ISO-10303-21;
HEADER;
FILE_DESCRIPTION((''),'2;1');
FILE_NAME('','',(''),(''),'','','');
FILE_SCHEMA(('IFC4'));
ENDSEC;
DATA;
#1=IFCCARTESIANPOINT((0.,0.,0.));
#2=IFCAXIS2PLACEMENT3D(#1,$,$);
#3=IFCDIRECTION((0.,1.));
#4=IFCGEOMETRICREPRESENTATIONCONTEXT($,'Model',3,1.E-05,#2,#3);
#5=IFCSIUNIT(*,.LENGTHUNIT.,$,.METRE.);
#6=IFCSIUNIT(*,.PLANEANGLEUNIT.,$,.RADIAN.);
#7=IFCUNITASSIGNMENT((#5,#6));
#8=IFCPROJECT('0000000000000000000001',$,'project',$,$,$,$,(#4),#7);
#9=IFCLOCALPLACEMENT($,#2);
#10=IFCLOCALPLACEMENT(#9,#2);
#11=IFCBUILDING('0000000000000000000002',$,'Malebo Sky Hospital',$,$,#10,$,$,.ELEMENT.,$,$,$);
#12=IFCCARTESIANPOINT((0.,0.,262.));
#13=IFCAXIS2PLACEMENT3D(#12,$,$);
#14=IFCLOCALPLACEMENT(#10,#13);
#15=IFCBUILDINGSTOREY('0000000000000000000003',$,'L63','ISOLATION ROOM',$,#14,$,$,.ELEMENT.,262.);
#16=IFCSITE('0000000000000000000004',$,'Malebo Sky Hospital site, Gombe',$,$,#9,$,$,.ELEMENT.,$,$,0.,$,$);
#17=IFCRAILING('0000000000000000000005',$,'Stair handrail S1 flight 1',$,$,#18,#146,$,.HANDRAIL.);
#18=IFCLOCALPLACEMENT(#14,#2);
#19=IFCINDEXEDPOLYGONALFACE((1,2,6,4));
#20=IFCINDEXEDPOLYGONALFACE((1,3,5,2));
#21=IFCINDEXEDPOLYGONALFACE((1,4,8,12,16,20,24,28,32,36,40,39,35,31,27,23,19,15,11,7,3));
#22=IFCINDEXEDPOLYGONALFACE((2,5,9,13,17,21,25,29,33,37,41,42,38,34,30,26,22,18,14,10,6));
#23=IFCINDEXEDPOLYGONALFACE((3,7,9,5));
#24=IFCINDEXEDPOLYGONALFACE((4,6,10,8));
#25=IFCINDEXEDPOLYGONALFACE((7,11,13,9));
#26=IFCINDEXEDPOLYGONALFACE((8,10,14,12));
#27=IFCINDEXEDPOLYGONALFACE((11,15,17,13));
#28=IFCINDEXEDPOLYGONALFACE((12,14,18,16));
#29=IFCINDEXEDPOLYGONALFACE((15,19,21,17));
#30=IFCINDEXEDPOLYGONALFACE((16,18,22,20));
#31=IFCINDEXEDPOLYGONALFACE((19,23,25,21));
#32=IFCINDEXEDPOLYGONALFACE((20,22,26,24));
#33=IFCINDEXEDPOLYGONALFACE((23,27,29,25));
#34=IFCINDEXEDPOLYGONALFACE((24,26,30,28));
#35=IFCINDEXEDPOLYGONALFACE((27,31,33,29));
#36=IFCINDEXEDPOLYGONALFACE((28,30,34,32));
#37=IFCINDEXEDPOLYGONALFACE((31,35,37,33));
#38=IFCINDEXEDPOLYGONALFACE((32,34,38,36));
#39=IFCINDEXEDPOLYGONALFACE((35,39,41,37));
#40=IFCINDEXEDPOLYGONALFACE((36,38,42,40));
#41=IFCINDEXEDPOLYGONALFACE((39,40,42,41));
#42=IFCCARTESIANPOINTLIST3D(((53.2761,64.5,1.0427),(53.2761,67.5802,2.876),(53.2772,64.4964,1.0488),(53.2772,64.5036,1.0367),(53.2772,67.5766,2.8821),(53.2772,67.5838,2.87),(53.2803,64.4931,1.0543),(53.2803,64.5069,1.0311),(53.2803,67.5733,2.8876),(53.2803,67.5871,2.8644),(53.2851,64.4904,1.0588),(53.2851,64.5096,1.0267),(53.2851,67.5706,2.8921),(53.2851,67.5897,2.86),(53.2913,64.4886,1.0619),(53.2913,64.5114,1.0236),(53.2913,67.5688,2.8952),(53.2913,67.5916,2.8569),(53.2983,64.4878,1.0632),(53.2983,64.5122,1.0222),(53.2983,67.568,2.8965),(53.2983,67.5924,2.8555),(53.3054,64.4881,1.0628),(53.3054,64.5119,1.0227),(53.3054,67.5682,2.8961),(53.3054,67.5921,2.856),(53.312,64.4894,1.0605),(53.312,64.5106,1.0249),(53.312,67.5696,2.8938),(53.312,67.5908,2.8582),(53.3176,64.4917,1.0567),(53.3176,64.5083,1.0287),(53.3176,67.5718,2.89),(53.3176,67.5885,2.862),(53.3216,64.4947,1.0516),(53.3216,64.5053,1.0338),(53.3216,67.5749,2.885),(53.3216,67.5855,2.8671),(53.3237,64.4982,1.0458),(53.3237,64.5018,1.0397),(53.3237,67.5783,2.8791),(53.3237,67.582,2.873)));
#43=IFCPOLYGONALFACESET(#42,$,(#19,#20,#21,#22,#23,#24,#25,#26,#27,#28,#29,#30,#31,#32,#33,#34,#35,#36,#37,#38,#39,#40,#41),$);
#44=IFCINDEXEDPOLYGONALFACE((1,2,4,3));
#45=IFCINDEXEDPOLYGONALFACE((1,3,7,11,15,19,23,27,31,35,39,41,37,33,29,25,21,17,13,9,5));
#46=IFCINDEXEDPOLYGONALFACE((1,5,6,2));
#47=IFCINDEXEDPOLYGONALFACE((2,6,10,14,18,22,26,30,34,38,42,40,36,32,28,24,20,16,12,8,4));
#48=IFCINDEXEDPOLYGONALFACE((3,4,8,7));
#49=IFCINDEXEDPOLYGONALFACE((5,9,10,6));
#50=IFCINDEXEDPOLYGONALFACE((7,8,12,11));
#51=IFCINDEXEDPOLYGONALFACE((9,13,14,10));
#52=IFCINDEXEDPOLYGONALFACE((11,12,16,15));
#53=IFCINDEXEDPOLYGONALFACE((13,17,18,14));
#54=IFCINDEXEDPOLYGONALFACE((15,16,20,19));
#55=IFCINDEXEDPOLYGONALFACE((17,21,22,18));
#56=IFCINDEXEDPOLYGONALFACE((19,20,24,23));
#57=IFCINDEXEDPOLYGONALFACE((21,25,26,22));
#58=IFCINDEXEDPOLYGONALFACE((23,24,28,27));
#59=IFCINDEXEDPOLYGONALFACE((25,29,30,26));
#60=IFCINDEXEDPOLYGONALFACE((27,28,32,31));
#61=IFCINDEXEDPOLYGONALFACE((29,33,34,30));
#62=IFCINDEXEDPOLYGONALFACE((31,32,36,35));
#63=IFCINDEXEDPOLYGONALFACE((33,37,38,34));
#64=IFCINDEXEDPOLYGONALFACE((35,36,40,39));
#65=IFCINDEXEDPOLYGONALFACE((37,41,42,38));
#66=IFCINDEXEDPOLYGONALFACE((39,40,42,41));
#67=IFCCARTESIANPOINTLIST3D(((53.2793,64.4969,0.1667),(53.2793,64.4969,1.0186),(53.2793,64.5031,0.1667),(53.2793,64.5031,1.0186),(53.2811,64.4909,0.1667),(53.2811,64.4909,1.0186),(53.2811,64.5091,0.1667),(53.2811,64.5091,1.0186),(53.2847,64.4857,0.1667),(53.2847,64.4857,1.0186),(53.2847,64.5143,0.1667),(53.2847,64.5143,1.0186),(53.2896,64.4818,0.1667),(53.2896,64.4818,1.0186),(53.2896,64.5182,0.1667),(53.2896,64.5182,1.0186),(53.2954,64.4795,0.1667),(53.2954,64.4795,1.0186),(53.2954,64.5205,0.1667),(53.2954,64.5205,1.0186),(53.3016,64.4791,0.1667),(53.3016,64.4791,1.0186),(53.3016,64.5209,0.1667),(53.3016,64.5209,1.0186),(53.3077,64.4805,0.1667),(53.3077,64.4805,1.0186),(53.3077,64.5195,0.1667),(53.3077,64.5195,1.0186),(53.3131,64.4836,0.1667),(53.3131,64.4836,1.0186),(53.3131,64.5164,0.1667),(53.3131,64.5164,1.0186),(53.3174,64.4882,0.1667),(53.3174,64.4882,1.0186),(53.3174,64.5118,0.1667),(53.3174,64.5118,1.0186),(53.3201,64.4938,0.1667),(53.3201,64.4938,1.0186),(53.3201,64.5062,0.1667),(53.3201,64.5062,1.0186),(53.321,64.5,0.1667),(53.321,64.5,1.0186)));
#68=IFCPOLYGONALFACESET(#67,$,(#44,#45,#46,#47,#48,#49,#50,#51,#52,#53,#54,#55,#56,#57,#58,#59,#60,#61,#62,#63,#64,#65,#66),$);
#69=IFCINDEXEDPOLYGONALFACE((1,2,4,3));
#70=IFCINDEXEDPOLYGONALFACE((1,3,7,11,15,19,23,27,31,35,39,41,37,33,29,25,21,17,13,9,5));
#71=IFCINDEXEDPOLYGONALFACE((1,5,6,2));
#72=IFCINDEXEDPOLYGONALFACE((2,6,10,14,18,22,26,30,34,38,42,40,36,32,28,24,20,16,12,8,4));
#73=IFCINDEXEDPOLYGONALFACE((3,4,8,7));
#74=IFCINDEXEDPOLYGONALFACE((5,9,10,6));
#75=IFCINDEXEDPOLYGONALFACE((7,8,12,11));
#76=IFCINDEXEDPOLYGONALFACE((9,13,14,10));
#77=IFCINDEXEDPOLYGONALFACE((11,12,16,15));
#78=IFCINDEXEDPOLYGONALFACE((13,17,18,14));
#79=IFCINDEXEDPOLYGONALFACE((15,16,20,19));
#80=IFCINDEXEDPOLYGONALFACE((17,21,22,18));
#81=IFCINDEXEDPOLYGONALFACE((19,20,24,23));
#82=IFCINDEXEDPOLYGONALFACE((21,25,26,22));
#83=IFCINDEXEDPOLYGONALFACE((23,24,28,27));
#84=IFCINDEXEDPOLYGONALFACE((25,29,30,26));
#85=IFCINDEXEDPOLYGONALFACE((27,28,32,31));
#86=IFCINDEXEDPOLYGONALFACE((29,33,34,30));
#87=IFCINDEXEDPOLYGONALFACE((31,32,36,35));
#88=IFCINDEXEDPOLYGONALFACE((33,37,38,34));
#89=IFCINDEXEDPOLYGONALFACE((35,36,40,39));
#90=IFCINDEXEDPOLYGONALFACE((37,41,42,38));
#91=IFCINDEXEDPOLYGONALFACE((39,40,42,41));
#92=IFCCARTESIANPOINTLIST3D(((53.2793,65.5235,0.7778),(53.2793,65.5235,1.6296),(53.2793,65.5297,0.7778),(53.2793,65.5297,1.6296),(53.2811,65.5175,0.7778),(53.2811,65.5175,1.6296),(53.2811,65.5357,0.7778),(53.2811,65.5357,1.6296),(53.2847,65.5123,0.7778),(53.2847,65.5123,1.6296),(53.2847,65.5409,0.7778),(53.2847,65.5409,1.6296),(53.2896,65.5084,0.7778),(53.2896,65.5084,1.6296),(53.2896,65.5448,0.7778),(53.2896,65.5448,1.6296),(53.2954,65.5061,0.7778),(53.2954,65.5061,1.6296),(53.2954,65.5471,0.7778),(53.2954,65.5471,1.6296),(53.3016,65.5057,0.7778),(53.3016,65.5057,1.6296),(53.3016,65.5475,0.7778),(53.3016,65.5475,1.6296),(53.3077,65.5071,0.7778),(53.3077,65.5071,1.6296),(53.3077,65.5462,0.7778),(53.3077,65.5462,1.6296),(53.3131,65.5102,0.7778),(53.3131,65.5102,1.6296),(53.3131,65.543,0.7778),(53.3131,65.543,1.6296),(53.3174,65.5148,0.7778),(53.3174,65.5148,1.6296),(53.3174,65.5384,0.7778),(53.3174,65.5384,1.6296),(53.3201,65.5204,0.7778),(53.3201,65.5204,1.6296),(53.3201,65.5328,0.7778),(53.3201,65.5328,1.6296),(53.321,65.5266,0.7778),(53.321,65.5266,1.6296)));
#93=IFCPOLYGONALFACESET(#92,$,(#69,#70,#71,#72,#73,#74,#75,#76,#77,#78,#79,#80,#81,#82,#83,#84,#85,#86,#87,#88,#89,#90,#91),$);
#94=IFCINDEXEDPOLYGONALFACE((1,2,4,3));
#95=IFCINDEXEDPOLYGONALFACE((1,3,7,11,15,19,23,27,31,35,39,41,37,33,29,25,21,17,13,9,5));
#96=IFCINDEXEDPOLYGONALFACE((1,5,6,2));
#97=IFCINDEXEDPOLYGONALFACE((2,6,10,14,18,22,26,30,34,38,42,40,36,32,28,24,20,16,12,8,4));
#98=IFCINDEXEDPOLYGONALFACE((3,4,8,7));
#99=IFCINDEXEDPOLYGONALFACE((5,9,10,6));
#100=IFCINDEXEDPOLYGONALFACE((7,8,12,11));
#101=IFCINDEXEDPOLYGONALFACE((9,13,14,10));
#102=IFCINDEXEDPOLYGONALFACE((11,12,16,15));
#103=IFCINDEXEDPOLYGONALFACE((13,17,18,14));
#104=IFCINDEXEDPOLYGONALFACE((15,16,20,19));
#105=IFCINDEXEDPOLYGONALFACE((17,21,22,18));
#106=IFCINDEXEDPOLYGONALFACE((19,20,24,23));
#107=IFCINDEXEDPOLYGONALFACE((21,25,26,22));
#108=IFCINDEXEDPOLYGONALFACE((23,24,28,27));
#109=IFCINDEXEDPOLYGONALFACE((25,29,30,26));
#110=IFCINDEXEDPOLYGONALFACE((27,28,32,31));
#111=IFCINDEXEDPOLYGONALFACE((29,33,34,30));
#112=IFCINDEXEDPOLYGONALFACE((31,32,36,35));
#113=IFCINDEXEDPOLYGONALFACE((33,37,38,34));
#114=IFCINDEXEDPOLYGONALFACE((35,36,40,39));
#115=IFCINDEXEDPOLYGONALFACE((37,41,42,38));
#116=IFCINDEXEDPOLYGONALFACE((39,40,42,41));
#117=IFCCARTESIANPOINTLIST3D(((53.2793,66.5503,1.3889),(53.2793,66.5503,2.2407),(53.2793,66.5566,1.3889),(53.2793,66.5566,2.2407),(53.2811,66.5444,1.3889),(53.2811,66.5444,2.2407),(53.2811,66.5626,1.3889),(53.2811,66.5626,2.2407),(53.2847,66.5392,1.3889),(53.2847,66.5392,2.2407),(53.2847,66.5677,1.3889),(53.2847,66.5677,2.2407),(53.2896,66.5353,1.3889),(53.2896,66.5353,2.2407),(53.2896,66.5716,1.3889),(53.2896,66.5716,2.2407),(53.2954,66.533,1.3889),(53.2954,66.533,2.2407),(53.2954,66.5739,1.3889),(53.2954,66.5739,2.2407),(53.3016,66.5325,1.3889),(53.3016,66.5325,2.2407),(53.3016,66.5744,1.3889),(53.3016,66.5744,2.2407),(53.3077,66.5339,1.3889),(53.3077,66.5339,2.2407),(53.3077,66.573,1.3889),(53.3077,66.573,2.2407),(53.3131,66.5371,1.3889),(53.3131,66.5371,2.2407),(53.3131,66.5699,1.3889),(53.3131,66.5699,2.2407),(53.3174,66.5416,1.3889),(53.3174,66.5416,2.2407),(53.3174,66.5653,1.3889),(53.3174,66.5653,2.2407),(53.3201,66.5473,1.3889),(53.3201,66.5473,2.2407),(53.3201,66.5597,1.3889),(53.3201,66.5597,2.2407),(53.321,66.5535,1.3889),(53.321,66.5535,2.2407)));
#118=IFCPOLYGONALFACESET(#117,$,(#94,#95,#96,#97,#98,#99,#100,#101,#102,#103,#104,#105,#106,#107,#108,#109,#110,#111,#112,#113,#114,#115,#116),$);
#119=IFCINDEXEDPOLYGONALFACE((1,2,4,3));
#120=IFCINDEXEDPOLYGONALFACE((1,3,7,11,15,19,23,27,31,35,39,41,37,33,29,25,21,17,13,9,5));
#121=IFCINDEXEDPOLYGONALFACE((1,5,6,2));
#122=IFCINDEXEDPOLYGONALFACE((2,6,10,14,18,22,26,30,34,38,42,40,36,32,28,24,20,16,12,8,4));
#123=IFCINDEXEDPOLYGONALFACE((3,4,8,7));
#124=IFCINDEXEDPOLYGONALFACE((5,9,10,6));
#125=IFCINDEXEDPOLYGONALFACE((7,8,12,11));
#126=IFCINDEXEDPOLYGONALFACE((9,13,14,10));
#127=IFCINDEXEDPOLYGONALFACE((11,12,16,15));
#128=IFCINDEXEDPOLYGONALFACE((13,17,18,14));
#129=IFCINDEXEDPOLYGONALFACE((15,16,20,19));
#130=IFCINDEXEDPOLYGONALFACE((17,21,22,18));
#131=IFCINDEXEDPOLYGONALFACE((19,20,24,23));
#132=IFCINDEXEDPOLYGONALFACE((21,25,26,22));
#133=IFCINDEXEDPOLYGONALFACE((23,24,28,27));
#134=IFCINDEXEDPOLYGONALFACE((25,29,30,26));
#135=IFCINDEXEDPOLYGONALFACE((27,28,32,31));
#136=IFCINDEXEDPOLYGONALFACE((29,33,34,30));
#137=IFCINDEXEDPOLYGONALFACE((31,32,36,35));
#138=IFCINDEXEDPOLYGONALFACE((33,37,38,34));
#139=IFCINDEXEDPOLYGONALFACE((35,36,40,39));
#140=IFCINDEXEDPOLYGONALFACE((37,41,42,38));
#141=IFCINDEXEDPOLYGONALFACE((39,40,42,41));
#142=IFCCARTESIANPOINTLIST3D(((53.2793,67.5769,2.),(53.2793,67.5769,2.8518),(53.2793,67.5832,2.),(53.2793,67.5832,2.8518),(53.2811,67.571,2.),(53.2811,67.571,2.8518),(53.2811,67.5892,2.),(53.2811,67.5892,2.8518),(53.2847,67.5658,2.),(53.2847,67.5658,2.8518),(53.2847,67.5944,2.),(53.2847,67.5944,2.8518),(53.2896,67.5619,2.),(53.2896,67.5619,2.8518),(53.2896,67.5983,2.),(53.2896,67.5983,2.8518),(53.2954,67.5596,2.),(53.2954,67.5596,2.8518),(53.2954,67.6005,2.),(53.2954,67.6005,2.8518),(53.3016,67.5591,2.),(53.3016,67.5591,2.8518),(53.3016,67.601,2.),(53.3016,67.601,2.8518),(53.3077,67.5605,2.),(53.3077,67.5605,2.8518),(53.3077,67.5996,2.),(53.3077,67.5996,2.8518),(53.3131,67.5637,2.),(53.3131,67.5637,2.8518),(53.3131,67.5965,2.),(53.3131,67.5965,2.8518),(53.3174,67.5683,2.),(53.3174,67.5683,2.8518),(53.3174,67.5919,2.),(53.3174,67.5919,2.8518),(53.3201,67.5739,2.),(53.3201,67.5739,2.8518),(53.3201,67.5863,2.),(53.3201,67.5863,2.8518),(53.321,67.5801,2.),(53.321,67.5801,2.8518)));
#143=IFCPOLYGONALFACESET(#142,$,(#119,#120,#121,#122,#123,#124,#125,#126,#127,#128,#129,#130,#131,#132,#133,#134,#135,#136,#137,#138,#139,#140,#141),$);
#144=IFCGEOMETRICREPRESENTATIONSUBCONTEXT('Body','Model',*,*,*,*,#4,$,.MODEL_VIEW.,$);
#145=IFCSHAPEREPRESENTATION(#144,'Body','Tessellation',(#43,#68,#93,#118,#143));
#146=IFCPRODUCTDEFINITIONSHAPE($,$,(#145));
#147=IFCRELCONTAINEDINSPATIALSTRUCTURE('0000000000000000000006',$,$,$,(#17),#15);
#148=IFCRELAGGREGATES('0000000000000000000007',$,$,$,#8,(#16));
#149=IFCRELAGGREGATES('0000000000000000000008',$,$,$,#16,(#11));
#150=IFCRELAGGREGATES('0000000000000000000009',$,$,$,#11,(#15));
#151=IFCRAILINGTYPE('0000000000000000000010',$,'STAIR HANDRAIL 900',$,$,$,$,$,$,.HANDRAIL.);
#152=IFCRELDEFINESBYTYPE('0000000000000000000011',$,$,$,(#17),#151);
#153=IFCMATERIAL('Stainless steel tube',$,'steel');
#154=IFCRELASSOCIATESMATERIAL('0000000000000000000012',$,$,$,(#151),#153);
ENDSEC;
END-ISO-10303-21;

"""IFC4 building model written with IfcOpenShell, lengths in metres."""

from ifc_helpers import new_model, si_unit, direction, frame, origin, origin_2d, place, context, subcontext, project, spatial, circle, extrude, material, type_object, element, save


model = new_model("IFC4")

# Units and contexts
model_context = context("Model", 3, precision=1e-05, world=origin(), true_north=direction((0.0, 1.0)))
body_context = subcontext(model_context, "Body", "Model", "MODEL_VIEW")
ifc_project = project(units=[si_unit("LENGTHUNIT", "METRE"), si_unit("PLANEANGLEUNIT", "RADIAN")], contexts=[model_context])

# Site, building, storey
site_placement = place(None, origin())
site = spatial("IfcSite", under=ifc_project, at=site_placement, Name="Malebo Sky Hospital site, Gombe", CompositionType="ELEMENT", RefElevation=0.0)
building_placement = place(site_placement, origin())
building = spatial("IfcBuilding", under=site, at=building_placement, Name="Malebo Sky Hospital", CompositionType="ELEMENT")
storey_placement = place(building_placement, frame((0.0, 0.0, 262.0)))
storey = spatial("IfcBuildingStorey", under=building, at=storey_placement, Name="L63", Description="ISOLATION ROOM", CompositionType="ELEMENT", Elevation=262.0)

# Railing
ifc_material_1 = material(Name="Stainless steel tube", Category="steel")
railing_type = type_object("IfcRailingType", Name="STAIR HANDRAIL 900", PredefinedType="HANDRAIL", material=ifc_material_1)
railing_placement = place(storey_placement, frame((53.3, 64.5, 0.1667)))
element("IfcRailing", 1, at=railing_placement, inside=storey, type_object=railing_type, Name="Stair handrail S1 flight 1", PredefinedType="HANDRAIL", context=body_context, shape_type="SweptSolid", body=[
    extrude(circle(Radius=0.0239, at=origin_2d()), frame((0.0, 0.0, 0.876), z_axis=(0.0, 0.859309, 0.511458), x_axis=(-1.0, 0.0, 0.0)), (0.0, 0.0, 1.0), 3.5845),
    extrude(circle(Radius=0.021, at=origin_2d()), origin(), (0.0, 0.0, 1.0), 0.8518),
    extrude(circle(Radius=0.021, at=origin_2d()), frame((0.0, 1.0266, 0.6111)), (0.0, 0.0, 1.0), 0.8518),
    extrude(circle(Radius=0.021, at=origin_2d()), frame((0.0, 2.0535, 1.2222)), (0.0, 0.0, 1.0), 0.8518),
    extrude(circle(Radius=0.021, at=origin_2d()), frame((0.0, 3.0801, 1.8333)), (0.0, 0.0, 1.0), 0.8518),
])

save(model, "model.ifc")
